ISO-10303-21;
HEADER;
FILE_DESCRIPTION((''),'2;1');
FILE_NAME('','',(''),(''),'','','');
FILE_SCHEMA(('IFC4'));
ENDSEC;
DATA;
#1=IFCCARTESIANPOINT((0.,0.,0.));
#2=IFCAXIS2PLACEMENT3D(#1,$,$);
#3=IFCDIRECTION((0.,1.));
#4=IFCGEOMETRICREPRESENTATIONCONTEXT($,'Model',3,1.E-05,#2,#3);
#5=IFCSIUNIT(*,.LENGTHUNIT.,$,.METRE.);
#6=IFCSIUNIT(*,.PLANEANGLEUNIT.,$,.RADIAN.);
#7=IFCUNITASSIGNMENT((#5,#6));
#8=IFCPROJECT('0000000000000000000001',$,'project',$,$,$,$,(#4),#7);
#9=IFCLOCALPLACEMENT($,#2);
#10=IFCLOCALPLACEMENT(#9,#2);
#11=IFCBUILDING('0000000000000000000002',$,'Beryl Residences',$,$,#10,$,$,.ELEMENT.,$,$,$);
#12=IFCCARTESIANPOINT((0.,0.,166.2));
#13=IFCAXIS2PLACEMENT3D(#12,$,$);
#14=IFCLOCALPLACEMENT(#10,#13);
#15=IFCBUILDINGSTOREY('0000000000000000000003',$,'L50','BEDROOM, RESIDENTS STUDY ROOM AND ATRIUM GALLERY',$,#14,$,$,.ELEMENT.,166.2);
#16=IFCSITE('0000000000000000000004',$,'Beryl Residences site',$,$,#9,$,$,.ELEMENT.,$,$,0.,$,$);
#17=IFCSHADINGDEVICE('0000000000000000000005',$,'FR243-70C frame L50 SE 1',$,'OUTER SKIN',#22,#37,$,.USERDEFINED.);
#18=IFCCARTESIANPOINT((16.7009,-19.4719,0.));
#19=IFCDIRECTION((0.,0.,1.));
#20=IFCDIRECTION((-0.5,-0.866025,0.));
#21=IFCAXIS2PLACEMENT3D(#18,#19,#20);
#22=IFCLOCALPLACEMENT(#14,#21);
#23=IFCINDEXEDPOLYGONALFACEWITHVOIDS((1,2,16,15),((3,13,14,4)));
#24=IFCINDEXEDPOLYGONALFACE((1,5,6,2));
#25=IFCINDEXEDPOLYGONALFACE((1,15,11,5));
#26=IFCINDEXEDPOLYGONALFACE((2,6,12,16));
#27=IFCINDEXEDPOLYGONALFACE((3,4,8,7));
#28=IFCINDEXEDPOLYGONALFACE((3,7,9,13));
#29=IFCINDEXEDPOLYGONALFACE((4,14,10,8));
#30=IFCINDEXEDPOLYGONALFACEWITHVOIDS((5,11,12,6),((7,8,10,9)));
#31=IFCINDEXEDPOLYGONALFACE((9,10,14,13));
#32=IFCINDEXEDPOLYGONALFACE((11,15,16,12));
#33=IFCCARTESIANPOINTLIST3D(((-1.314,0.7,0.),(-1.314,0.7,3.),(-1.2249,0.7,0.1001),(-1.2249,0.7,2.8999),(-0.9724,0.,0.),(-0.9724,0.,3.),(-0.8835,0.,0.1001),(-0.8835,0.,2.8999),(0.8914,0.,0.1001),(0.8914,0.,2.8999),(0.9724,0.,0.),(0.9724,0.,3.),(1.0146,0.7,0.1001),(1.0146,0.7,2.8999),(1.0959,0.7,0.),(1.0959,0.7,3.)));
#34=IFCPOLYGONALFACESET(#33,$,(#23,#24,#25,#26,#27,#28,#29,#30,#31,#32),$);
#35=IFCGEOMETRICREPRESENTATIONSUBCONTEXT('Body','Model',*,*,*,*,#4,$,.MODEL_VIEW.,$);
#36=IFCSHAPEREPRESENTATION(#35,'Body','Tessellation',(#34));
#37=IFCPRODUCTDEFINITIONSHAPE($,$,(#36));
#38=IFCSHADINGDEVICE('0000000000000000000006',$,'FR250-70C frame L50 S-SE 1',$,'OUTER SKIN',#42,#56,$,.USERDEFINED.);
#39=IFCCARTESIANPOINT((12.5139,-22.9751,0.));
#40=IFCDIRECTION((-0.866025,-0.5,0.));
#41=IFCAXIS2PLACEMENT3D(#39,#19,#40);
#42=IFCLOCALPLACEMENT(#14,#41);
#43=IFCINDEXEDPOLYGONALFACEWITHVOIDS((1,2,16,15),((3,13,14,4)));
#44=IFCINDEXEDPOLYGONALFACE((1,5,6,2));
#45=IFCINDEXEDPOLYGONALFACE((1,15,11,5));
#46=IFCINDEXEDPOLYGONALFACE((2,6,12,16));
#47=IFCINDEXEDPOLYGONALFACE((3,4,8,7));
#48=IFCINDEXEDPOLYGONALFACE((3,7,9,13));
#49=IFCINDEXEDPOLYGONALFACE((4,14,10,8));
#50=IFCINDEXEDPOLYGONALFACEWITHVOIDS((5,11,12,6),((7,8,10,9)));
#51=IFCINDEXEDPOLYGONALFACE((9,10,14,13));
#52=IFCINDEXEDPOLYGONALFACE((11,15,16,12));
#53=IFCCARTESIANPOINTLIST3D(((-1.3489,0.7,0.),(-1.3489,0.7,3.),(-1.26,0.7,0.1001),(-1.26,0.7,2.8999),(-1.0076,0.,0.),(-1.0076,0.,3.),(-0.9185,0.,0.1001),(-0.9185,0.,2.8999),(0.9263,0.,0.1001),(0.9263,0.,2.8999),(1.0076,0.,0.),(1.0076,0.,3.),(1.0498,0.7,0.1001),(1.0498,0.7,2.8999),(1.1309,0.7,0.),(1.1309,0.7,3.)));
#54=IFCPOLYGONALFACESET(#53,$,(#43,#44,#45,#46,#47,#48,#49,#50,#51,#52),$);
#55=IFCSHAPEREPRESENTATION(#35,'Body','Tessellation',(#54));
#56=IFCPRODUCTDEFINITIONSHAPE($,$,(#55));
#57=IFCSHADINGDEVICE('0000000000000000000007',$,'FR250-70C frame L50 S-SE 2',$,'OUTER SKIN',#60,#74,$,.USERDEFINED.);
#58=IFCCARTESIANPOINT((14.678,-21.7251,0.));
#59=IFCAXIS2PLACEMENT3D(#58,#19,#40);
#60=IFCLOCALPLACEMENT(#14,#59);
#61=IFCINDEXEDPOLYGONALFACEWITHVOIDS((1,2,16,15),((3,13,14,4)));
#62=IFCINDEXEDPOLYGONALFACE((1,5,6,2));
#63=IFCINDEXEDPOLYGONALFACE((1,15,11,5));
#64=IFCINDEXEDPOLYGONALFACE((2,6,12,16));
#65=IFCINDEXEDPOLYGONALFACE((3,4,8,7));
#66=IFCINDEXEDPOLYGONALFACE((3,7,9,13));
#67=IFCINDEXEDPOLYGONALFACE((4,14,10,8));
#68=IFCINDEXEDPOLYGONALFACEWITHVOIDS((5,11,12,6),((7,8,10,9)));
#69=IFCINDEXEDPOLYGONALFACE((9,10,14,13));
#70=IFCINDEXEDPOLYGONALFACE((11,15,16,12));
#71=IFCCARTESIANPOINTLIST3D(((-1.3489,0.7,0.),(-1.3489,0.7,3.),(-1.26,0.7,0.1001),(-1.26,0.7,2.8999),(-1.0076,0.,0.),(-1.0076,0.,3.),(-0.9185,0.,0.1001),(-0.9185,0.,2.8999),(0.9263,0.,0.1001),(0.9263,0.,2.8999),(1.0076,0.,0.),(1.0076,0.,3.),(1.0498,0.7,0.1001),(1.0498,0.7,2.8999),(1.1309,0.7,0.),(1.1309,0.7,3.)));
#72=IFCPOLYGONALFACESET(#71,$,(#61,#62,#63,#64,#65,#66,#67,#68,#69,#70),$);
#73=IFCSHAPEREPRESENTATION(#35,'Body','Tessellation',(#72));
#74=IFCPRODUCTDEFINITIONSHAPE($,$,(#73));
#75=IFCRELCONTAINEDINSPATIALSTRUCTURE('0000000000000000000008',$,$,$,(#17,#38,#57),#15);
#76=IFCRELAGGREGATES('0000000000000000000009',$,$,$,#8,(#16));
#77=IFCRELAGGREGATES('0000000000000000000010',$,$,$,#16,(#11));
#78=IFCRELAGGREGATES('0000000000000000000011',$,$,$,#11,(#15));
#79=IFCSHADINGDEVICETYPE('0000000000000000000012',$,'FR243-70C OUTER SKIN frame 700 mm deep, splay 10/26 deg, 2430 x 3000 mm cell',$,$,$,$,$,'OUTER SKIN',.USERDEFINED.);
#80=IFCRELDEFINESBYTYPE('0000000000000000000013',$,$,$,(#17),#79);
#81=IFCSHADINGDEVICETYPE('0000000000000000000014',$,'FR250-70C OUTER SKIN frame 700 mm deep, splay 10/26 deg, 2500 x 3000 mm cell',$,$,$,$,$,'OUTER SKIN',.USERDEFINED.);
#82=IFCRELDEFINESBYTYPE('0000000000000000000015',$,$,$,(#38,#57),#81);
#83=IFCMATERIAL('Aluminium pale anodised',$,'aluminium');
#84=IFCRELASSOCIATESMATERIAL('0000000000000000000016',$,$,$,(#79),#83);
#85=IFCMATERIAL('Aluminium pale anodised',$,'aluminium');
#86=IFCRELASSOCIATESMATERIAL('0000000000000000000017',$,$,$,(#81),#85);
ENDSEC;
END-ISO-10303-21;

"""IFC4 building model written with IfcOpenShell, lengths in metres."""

from ifc_helpers import new_model, entity, si_unit, direction, frame, origin, place, context, subcontext, project, spatial, source, transform, mapped, material, type_object, type_shapes, element, save


model = new_model("IFC4")

# Units and contexts
model_context = context("Model", 3, precision=1e-05, world=origin(), true_north=direction((0.0, 1.0)))
body_context = subcontext(model_context, "Body", "Model", "MODEL_VIEW")
ifc_project = project(units=[si_unit("LENGTHUNIT", "METRE"), si_unit("PLANEANGLEUNIT", "RADIAN")], contexts=[model_context])

# Site, building, storey
site_placement = place(None, origin())
site = spatial("IfcSite", under=ifc_project, at=site_placement, Name="Beryl Residences site", CompositionType="ELEMENT", RefElevation=0.0)
building_placement = place(site_placement, origin())
building = spatial("IfcBuilding", under=site, at=building_placement, Name="Beryl Residences", CompositionType="ELEMENT")
storey_placement = place(building_placement, frame((0.0, 0.0, 166.2)))
storey = spatial("IfcBuildingStorey", under=building, at=storey_placement, Name="L50", Description="BEDROOM, RESIDENTS STUDY ROOM AND ATRIUM GALLERY", CompositionType="ELEMENT", Elevation=166.2)

# Shading devices
ifc_material_1 = material(Name="Aluminium pale anodised", Category="aluminium")
shading_device_type_1 = type_object("IfcShadingDeviceType", Name="FR243-70C OUTER SKIN frame 700 mm deep, splay 10/26 deg, 2430 x 3000 mm cell", ElementType="OUTER SKIN", PredefinedType="USERDEFINED", material=ifc_material_1)
cartesian_point_1 = entity("IfcCartesianPoint", [-0.9724, 0.0])
cartesian_point_2 = entity("IfcCartesianPoint", [-0.8914, 0.1001])
cartesian_point_3 = entity("IfcCartesianPoint", [-1.0959, 0.0])
cartesian_point_4 = entity("IfcCartesianPoint", [-1.0146, 0.1001])
shared_shape_1 = source(origin(), body_context, "Body", "SweptSolid", [
    entity("IfcExtrudedAreaSolidTapered", entity("IfcArbitraryProfileDefWithVoids", "AREA", None, entity("IfcPolyline", [cartesian_point_1, entity("IfcCartesianPoint", [0.9724, 0.0]), entity("IfcCartesianPoint", [0.9724, 3.0]), entity("IfcCartesianPoint", [-0.9724, 3.0]), cartesian_point_1]), [entity("IfcPolyline", [cartesian_point_2, entity("IfcCartesianPoint", [0.8835, 0.1001]), entity("IfcCartesianPoint", [0.8835, 2.8999]), entity("IfcCartesianPoint", [-0.8914, 2.8999]), cartesian_point_2])]), entity("IfcAxis2Placement3D", entity("IfcCartesianPoint", [0.0, 0.0, 0.0]), entity("IfcDirection", [0.0, 1.0, 0.0]), entity("IfcDirection", [-1.0, 0.0, 0.0])), entity("IfcDirection", [0.0, 0.0, 1.0]), 0.7, entity("IfcArbitraryProfileDefWithVoids", "AREA", None, entity("IfcPolyline", [cartesian_point_3, entity("IfcCartesianPoint", [1.314, 0.0]), entity("IfcCartesianPoint", [1.314, 3.0]), entity("IfcCartesianPoint", [-1.0959, 3.0]), cartesian_point_3]), [entity("IfcPolyline", [cartesian_point_4, entity("IfcCartesianPoint", [1.2249, 0.1001]), entity("IfcCartesianPoint", [1.2249, 2.8999]), entity("IfcCartesianPoint", [-1.0146, 2.8999]), cartesian_point_4])])),
])
type_shapes(shading_device_type_1, [shared_shape_1])
shading_device_placement = place(storey_placement, frame((16.7009, -19.4719, 0.0), z_axis=(0.0, 0.0, 1.0), x_axis=(-0.5, -0.866025, 0.0)))
element("IfcShadingDevice", 1, at=shading_device_placement, inside=storey, type_object=shading_device_type_1, Name="FR243-70C frame L50 SE 1", ObjectType="OUTER SKIN", PredefinedType="USERDEFINED", context=body_context, shape_type="MappedRepresentation", body=[
    mapped(shared_shape_1, transform((0.0, 0.0, 0.0))),
])
ifc_material_2 = material(Name="Aluminium pale anodised", Category="aluminium")
shading_device_type_2 = type_object("IfcShadingDeviceType", Name="FR250-70C OUTER SKIN frame 700 mm deep, splay 10/26 deg, 2500 x 3000 mm cell", ElementType="OUTER SKIN", PredefinedType="USERDEFINED", material=ifc_material_2)
cartesian_point_5 = entity("IfcCartesianPoint", [-1.0076, 0.0])
cartesian_point_6 = entity("IfcCartesianPoint", [-0.9263, 0.1001])
cartesian_point_7 = entity("IfcCartesianPoint", [-1.1309, 0.0])
cartesian_point_8 = entity("IfcCartesianPoint", [-1.0498, 0.1001])
shared_shape_2 = source(origin(), body_context, "Body", "SweptSolid", [
    entity("IfcExtrudedAreaSolidTapered", entity("IfcArbitraryProfileDefWithVoids", "AREA", None, entity("IfcPolyline", [cartesian_point_5, entity("IfcCartesianPoint", [1.0076, 0.0]), entity("IfcCartesianPoint", [1.0076, 3.0]), entity("IfcCartesianPoint", [-1.0076, 3.0]), cartesian_point_5]), [entity("IfcPolyline", [cartesian_point_6, entity("IfcCartesianPoint", [0.9185, 0.1001]), entity("IfcCartesianPoint", [0.9185, 2.8999]), entity("IfcCartesianPoint", [-0.9263, 2.8999]), cartesian_point_6])]), entity("IfcAxis2Placement3D", entity("IfcCartesianPoint", [0.0, 0.0, 0.0]), entity("IfcDirection", [0.0, 1.0, 0.0]), entity("IfcDirection", [-1.0, 0.0, 0.0])), entity("IfcDirection", [0.0, 0.0, 1.0]), 0.7, entity("IfcArbitraryProfileDefWithVoids", "AREA", None, entity("IfcPolyline", [cartesian_point_7, entity("IfcCartesianPoint", [1.3489, 0.0]), entity("IfcCartesianPoint", [1.3489, 3.0]), entity("IfcCartesianPoint", [-1.1309, 3.0]), cartesian_point_7]), [entity("IfcPolyline", [cartesian_point_8, entity("IfcCartesianPoint", [1.26, 0.1001]), entity("IfcCartesianPoint", [1.26, 2.8999]), entity("IfcCartesianPoint", [-1.0498, 2.8999]), cartesian_point_8])])),
])
type_shapes(shading_device_type_2, [shared_shape_2])
for number, where, z_axis, x_axis, name in (
    (2, (12.5139, -22.9751, 0.0), (0.0, 0.0, 1.0), (-0.866025, -0.5, 0.0), "FR250-70C frame L50 S-SE 1"),
    (3, (14.678, -21.7251, 0.0), (0.0, 0.0, 1.0), (-0.866025, -0.5, 0.0), "FR250-70C frame L50 S-SE 2"),
):
    element("IfcShadingDevice", number, at=place(storey_placement, frame(where, z_axis=z_axis, x_axis=x_axis)), inside=storey, type_object=shading_device_type_2, Name=name, ObjectType="OUTER SKIN", PredefinedType="USERDEFINED", context=body_context, shape_type="MappedRepresentation", body=[
        mapped(shared_shape_2, transform((0.0, 0.0, 0.0))),
    ])

save(model, "model.ifc")
